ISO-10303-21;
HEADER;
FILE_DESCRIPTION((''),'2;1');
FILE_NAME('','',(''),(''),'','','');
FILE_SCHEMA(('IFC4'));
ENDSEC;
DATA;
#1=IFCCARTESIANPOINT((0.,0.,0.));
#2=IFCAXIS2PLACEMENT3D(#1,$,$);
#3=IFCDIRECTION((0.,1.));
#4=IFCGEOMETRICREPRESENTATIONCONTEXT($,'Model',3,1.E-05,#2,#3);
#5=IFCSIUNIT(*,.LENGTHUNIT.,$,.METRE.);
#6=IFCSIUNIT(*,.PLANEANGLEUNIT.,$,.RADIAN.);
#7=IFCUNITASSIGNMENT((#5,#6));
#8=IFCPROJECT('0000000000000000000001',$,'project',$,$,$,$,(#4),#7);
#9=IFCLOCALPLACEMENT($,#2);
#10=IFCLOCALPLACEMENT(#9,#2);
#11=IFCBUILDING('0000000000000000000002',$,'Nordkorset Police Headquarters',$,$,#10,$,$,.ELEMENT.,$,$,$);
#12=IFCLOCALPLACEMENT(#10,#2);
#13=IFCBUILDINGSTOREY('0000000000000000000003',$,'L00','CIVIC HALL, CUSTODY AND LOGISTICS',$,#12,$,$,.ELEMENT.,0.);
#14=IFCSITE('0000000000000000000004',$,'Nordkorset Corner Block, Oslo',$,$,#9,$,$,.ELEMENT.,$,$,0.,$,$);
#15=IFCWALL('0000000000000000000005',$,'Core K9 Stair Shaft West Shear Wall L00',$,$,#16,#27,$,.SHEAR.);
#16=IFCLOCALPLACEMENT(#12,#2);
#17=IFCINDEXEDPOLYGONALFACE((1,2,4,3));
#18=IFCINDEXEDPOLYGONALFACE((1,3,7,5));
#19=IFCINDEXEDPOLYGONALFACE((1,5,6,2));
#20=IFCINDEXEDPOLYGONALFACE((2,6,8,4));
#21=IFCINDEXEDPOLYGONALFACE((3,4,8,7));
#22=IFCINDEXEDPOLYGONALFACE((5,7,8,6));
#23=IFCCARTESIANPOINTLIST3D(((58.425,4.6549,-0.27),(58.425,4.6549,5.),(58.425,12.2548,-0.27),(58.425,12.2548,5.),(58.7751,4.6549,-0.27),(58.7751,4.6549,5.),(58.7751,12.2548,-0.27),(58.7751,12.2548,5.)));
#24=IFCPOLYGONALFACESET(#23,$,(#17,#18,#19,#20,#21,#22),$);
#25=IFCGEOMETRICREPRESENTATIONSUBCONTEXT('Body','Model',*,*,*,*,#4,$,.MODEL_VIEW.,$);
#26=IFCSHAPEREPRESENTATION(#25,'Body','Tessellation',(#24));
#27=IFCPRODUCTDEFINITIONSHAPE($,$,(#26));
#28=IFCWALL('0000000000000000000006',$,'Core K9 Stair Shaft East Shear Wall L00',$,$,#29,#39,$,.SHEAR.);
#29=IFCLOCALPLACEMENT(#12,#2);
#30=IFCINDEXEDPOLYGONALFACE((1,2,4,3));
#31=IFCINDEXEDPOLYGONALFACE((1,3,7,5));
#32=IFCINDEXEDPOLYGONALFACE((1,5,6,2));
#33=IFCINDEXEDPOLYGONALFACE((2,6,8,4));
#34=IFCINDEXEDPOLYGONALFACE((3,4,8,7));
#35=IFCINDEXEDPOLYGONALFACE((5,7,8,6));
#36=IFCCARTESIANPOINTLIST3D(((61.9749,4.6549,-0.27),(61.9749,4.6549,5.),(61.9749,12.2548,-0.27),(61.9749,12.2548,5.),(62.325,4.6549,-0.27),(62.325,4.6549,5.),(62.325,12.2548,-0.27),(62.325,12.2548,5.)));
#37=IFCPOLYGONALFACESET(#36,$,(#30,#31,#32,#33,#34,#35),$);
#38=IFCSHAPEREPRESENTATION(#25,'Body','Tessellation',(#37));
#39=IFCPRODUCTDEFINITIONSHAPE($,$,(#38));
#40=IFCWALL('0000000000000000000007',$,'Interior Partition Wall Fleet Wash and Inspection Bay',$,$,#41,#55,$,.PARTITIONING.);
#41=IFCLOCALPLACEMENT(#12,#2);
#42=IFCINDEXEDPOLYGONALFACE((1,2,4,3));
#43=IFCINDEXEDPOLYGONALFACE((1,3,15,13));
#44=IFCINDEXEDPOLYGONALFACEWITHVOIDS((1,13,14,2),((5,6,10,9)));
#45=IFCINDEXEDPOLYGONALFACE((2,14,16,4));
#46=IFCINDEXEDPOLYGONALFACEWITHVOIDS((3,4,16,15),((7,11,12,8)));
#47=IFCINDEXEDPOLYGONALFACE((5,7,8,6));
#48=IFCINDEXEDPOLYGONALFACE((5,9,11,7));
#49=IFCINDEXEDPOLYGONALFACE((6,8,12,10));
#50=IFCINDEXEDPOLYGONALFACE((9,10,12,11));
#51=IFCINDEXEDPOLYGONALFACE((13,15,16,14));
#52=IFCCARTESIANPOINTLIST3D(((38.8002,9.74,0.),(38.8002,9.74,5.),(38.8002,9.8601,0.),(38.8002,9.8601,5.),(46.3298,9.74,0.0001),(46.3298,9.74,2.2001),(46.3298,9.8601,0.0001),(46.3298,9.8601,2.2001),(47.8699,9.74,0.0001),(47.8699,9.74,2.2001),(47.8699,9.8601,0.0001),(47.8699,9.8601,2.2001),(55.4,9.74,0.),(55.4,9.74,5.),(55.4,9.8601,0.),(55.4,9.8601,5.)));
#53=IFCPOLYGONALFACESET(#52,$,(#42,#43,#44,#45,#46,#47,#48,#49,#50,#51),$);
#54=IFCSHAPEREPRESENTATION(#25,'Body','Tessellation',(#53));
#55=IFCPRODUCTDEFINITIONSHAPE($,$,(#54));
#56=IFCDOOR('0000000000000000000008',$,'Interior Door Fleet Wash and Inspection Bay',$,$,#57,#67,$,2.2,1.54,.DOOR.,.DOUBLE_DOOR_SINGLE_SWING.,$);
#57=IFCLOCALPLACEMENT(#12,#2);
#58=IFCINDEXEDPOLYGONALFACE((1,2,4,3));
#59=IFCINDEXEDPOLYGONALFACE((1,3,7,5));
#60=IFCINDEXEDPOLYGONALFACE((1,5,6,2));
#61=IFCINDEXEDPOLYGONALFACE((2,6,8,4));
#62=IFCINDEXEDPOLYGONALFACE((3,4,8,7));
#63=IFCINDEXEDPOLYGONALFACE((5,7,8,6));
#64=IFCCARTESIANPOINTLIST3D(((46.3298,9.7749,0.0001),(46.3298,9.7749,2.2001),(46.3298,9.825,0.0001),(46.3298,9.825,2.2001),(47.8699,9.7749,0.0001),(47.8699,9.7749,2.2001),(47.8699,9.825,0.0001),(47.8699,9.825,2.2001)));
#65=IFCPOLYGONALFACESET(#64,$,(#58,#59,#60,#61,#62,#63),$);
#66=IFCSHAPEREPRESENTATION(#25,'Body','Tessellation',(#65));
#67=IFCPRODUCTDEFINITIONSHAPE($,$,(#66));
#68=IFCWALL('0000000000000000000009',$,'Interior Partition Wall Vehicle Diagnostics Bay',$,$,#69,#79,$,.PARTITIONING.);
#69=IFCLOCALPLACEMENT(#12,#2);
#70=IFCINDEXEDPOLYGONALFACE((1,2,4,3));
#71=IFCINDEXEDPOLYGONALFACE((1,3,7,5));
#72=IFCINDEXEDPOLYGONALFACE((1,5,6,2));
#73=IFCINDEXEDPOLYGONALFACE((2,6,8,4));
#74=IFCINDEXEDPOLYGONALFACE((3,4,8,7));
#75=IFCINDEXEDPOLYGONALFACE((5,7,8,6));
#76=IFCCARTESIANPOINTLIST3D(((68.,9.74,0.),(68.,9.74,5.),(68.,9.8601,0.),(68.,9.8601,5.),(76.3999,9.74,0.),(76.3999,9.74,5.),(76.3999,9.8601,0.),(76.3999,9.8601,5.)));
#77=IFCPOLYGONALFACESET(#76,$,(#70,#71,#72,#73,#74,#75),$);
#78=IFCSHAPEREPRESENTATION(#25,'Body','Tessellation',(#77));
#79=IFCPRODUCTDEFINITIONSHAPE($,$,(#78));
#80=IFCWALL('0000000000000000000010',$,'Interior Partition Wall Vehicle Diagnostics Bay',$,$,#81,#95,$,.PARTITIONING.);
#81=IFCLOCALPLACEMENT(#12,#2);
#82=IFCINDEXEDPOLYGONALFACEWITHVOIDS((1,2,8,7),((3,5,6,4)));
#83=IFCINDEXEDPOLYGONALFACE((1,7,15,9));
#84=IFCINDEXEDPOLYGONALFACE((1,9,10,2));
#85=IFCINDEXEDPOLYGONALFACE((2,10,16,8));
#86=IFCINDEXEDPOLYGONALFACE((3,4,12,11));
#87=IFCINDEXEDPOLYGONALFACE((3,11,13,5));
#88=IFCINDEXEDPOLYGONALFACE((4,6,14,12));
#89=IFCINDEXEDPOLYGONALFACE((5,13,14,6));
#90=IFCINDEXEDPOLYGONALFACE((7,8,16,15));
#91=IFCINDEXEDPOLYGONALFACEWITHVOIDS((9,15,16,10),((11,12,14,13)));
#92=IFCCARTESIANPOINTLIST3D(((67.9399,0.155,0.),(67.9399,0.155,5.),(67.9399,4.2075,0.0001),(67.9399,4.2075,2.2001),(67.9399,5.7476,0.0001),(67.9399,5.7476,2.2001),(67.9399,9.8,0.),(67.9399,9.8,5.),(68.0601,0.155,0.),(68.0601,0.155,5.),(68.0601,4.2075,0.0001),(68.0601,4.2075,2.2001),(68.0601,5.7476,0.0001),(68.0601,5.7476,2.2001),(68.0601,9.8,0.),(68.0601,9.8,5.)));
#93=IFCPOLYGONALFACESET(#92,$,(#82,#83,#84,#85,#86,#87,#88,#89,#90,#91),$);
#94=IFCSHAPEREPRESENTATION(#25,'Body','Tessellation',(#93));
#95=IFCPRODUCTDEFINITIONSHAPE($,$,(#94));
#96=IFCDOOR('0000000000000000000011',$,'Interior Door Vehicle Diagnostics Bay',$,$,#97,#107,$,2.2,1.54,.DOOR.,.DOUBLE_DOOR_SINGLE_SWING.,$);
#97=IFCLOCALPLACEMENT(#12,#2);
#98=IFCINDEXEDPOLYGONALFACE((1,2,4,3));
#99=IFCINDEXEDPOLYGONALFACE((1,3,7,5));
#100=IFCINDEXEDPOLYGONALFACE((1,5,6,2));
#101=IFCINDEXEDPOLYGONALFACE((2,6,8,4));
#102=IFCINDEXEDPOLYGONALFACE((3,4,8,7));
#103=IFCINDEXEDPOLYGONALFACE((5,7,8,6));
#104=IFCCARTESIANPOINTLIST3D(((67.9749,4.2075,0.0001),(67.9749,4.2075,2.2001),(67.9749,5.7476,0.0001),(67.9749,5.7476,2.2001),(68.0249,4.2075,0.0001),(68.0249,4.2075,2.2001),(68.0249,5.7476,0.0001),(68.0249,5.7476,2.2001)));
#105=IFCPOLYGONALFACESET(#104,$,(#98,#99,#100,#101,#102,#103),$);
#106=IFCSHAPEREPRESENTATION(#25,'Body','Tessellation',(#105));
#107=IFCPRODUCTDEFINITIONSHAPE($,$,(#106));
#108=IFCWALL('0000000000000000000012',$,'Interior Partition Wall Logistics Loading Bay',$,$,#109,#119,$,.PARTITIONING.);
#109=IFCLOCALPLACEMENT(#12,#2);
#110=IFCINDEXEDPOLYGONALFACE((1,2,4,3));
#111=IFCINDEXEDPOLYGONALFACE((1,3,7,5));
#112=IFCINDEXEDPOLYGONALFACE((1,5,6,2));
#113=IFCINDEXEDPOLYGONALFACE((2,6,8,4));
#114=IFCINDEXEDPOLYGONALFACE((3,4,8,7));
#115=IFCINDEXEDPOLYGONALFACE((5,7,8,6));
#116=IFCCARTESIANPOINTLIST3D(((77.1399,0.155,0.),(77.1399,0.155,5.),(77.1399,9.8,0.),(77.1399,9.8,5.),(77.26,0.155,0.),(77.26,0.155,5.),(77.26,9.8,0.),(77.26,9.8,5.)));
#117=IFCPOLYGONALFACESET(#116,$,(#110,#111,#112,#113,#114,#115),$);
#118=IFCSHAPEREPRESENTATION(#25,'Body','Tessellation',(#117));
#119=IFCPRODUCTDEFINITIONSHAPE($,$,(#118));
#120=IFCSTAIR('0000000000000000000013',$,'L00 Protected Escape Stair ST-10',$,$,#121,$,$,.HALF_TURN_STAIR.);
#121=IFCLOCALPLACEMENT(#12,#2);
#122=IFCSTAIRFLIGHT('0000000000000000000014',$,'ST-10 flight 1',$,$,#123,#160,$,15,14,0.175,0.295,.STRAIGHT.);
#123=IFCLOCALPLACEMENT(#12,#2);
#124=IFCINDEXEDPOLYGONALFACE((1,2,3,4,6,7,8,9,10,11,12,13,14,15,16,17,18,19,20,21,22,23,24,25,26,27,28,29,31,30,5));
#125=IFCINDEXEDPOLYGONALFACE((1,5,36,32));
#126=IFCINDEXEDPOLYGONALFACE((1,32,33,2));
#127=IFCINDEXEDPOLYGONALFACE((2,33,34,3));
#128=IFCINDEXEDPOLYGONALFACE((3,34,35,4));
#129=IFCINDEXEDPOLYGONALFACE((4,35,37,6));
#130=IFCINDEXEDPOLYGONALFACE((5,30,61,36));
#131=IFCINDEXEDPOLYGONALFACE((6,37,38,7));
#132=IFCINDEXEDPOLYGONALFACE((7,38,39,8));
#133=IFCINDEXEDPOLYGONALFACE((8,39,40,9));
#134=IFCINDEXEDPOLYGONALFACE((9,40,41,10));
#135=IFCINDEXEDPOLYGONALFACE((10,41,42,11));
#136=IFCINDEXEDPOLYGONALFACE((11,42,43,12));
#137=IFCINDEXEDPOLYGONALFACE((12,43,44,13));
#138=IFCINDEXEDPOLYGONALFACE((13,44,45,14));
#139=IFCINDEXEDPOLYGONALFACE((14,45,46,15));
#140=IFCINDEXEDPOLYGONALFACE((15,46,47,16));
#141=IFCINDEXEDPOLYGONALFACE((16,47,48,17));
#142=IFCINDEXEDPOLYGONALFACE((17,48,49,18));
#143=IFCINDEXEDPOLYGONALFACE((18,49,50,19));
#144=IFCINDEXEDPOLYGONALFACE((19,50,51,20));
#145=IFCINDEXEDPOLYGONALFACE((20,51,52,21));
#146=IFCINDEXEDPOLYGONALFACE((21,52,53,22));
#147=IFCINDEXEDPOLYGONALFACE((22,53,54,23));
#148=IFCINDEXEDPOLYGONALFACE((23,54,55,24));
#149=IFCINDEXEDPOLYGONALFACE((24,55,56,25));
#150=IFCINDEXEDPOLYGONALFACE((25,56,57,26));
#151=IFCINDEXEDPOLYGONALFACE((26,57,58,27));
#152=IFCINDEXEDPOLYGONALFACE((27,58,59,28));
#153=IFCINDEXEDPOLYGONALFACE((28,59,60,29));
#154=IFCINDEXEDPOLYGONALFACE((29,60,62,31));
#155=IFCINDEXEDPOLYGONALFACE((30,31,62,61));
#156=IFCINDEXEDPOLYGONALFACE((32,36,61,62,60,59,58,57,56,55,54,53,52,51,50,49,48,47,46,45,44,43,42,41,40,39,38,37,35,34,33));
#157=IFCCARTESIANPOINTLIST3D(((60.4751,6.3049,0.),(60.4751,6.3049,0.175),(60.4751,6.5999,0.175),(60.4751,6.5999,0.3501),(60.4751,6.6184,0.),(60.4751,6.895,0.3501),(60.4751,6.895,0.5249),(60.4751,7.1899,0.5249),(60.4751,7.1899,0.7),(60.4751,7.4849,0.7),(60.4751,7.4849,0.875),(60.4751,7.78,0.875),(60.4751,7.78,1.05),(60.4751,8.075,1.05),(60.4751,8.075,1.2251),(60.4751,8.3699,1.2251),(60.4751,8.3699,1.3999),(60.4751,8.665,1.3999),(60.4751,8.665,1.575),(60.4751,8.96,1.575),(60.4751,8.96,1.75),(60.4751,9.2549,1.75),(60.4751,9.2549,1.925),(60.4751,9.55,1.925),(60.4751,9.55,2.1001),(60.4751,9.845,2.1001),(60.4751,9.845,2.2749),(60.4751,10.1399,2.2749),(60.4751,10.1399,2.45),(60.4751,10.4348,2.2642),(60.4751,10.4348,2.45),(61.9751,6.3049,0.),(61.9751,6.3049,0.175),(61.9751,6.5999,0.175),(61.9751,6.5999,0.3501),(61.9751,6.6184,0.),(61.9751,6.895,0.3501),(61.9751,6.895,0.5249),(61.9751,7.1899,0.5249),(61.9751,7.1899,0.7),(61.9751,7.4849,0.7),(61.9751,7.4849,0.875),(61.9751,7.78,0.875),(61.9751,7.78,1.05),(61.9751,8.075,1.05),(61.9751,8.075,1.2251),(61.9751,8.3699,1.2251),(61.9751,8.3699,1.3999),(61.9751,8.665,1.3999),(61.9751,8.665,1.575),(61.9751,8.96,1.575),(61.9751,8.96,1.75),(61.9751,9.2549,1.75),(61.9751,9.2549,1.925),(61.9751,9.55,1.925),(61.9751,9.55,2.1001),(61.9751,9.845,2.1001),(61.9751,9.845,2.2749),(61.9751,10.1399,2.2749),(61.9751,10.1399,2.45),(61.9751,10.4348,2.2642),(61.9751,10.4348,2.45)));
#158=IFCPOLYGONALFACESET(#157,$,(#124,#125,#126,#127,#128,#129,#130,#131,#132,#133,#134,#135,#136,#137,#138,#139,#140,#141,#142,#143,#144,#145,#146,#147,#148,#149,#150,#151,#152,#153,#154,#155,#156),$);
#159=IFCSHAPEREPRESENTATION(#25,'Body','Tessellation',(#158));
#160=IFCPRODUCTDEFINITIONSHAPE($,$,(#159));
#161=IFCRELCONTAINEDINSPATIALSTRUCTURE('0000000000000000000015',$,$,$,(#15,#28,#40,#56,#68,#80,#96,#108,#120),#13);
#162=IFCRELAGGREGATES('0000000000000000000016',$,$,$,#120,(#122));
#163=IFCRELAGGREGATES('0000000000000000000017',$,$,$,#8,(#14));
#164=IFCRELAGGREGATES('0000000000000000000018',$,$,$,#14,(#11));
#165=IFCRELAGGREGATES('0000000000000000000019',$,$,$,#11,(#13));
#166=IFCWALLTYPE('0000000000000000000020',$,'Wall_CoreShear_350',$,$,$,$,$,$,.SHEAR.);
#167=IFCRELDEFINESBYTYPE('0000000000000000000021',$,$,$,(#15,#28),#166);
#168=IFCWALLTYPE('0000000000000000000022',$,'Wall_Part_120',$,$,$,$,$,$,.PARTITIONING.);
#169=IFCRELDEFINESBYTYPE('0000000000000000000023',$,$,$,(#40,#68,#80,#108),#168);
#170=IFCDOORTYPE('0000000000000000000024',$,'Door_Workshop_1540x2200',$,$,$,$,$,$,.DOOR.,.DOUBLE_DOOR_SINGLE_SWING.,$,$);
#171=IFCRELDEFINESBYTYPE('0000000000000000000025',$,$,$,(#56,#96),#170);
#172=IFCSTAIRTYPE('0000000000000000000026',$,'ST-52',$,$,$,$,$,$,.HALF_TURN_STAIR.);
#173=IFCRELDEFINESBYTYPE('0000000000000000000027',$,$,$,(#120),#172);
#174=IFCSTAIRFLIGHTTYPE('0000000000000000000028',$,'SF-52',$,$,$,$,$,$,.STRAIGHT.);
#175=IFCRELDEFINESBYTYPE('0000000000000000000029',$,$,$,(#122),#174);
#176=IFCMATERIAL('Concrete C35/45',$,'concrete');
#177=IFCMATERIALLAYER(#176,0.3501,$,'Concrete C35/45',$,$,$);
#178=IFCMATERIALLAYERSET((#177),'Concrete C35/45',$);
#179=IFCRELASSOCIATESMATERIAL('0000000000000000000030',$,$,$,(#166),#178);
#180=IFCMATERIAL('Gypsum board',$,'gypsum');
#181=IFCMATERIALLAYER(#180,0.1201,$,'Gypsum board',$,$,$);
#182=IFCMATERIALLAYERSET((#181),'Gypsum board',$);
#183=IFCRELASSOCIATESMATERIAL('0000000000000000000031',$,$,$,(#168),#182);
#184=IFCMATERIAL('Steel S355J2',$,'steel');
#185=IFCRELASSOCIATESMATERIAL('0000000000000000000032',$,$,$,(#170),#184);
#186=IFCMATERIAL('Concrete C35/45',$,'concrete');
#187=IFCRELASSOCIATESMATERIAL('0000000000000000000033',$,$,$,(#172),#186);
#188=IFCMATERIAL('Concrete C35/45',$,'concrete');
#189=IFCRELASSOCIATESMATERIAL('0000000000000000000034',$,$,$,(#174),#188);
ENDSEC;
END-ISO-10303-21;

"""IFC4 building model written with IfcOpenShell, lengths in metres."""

from ifc_helpers import new_model, si_unit, direction, frame, frame_2d, origin, place, context, subcontext, project, spatial, polyline, rectangle, outline, extrude, material, layer, layer_set, type_object, element, fill, aggregate, save


model = new_model("IFC4")

# Units and contexts
model_context = context("Model", 3, precision=1e-05, world=origin(), true_north=direction((0.0, 1.0)))
body_context = subcontext(model_context, "Body", "Model", "MODEL_VIEW")
ifc_project = project(units=[si_unit("LENGTHUNIT", "METRE"), si_unit("PLANEANGLEUNIT", "RADIAN")], contexts=[model_context])

# Site, building, storey
site_placement = place(None, origin())
site = spatial("IfcSite", under=ifc_project, at=site_placement, Name="Nordkorset Corner Block, Oslo", CompositionType="ELEMENT", RefElevation=0.0)
building_placement = place(site_placement, origin())
building = spatial("IfcBuilding", under=site, at=building_placement, Name="Nordkorset Police Headquarters", CompositionType="ELEMENT")
storey_placement = place(building_placement, origin())
storey = spatial("IfcBuildingStorey", under=building, at=storey_placement, Name="L00", Description="CIVIC HALL, CUSTODY AND LOGISTICS", CompositionType="ELEMENT", Elevation=0.0)

# Shared definitions
ifc_material_1 = material(Name="Concrete C35/45", Category="concrete")
ifc_layer_1 = layer(ifc_material_1, 0.3501, Name="Concrete C35/45")
ifc_layer_set_1 = layer_set([ifc_layer_1], Name="Concrete C35/45")
wall_type_1 = type_object("IfcWallType", Name="Wall_CoreShear_350", PredefinedType="SHEAR", material=ifc_layer_set_1)

# Walls
for number, where, z_axis, x_axis, name in (
    (1, (58.6001, 4.655, -0.27), (0.0, 0.0, 1.0), (0.0, 1.0, 0.0), "Core K9 Stair Shaft West Shear Wall L00"),
    (2, (62.1499, 4.655, -0.27), (0.0, 0.0, 1.0), (0.0, 1.0, 0.0), "Core K9 Stair Shaft East Shear Wall L00"),
):
    element("IfcWall", number, at=place(storey_placement, frame(where, z_axis=z_axis, x_axis=x_axis)), inside=storey, type_object=wall_type_1, Name=name, PredefinedType="SHEAR", context=body_context, shape_type="SweptSolid", body=[
        extrude(rectangle(XDim=7.5999, YDim=0.3501, at=frame_2d((3.7998, 0.0))), origin(), (0.0, 0.0, 1.0), 5.27),
    ])

# Wall, opening, door
ifc_material_2 = material(Name="Gypsum board", Category="gypsum")
ifc_layer_2 = layer(ifc_material_2, 0.1201, Name="Gypsum board")
ifc_layer_set_2 = layer_set([ifc_layer_2], Name="Gypsum board")
wall_type_2 = type_object("IfcWallType", Name="Wall_Part_120", PredefinedType="PARTITIONING", material=ifc_layer_set_2)
wall_1_placement = place(storey_placement, frame((55.3999, 9.8, 0.0), z_axis=(0.0, 0.0, 1.0), x_axis=(-1.0, 0.0, 0.0)))
wall_1 = element("IfcWall", 3, at=wall_1_placement, inside=storey, type_object=wall_type_2, Name="Interior Partition Wall Fleet Wash and Inspection Bay", PredefinedType="PARTITIONING", context=body_context, shape_type="SweptSolid", body=[
    extrude(rectangle(XDim=16.5999, YDim=0.1201, at=frame_2d((8.2998, 0.0))), origin(), (0.0, 0.0, 1.0), 5.0),
])
opening_1_placement = place(wall_1_placement, frame((7.53, 0.0, 0.0)))
opening_1 = element("IfcOpeningElement", 4, at=opening_1_placement, cuts=wall_1, PredefinedType="OPENING", context=body_context, shape_type="SweptSolid", body=[
    extrude(rectangle(XDim=1.54, YDim=2.2, at=frame_2d((0.77, 1.1001))), frame((0.0, 0.0701, 0.0), z_axis=(0.0, -1.0, 0.0), x_axis=(1.0, 0.0, 0.0)), (0.0, 0.0, 1.0), 0.1401),
])
ifc_material_3 = material(Name="Steel S355J2", Category="steel")
door_type_1 = type_object("IfcDoorType", Name="Door_Workshop_1540x2200", OperationType="DOUBLE_DOOR_SINGLE_SWING", PredefinedType="DOOR", material=ifc_material_3)
door_1_placement = place(opening_1_placement, frame((1.54, 0.0, 0.0), z_axis=(0.0, 0.0, 1.0), x_axis=(-1.0, 0.0, 0.0)))
door_1 = element("IfcDoor", 5, at=door_1_placement, inside=storey, type_object=door_type_1, Name="Interior Door Fleet Wash and Inspection Bay", OperationType="DOUBLE_DOOR_SINGLE_SWING", OverallHeight=2.2, OverallWidth=1.54, PredefinedType="DOOR", context=body_context, shape_type="SweptSolid", body=[
    extrude(rectangle(XDim=1.54, YDim=2.2, at=frame_2d((0.77, 1.1001))), frame((0.0, 0.0249, 0.0), z_axis=(0.0, -1.0, 0.0), x_axis=(1.0, 0.0, 0.0)), (0.0, 0.0, 1.0), 0.05),
])
fill(opening_1, door_1)

# Wall
wall_2_placement = place(storey_placement, frame((76.3999, 9.8, 0.0), z_axis=(0.0, 0.0, 1.0), x_axis=(-1.0, 0.0, 0.0)))
element("IfcWall", 6, at=wall_2_placement, inside=storey, type_object=wall_type_2, Name="Interior Partition Wall Vehicle Diagnostics Bay", PredefinedType="PARTITIONING", context=body_context, shape_type="SweptSolid", body=[
    extrude(rectangle(XDim=8.3999, YDim=0.1201, at=frame_2d((4.2, 0.0))), origin(), (0.0, 0.0, 1.0), 5.0),
])

# Wall, opening, door
wall_3_placement = place(storey_placement, frame((68.0, 9.8, 0.0), z_axis=(0.0, 0.0, 1.0), x_axis=(0.0, -1.0, 0.0)))
wall_3 = element("IfcWall", 7, at=wall_3_placement, inside=storey, type_object=wall_type_2, Name="Interior Partition Wall Vehicle Diagnostics Bay", PredefinedType="PARTITIONING", context=body_context, shape_type="SweptSolid", body=[
    extrude(rectangle(XDim=9.645, YDim=0.1201, at=frame_2d((4.8225, 0.0))), origin(), (0.0, 0.0, 1.0), 5.0),
])
opening_2_placement = place(wall_3_placement, frame((4.0525, 0.0, 0.0)))
opening_2 = element("IfcOpeningElement", 8, at=opening_2_placement, cuts=wall_3, PredefinedType="OPENING", context=body_context, shape_type="SweptSolid", body=[
    extrude(rectangle(XDim=1.54, YDim=2.2, at=frame_2d((0.77, 1.1001))), frame((0.0, 0.0701, 0.0), z_axis=(0.0, -1.0, 0.0), x_axis=(1.0, 0.0, 0.0)), (0.0, 0.0, 1.0), 0.1401),
])
door_2_placement = place(opening_2_placement, origin())
door_2 = element("IfcDoor", 9, at=door_2_placement, inside=storey, type_object=door_type_1, Name="Interior Door Vehicle Diagnostics Bay", OperationType="DOUBLE_DOOR_SINGLE_SWING", OverallHeight=2.2, OverallWidth=1.54, PredefinedType="DOOR", context=body_context, shape_type="SweptSolid", body=[
    extrude(rectangle(XDim=1.54, YDim=2.2, at=frame_2d((0.77, 1.1001))), frame((0.0, 0.0249, 0.0), z_axis=(0.0, -1.0, 0.0), x_axis=(1.0, 0.0, 0.0)), (0.0, 0.0, 1.0), 0.05),
])
fill(opening_2, door_2)

# Wall
wall_4_placement = place(storey_placement, frame((77.2, 9.8, 0.0), z_axis=(0.0, 0.0, 1.0), x_axis=(0.0, -1.0, 0.0)))
element("IfcWall", 10, at=wall_4_placement, inside=storey, type_object=wall_type_2, Name="Interior Partition Wall Logistics Loading Bay", PredefinedType="PARTITIONING", context=body_context, shape_type="SweptSolid", body=[
    extrude(rectangle(XDim=9.645, YDim=0.1201, at=frame_2d((4.8225, 0.0))), origin(), (0.0, 0.0, 1.0), 5.0),
])

# Stair, stair flight
ifc_material_4 = material(Name="Concrete C35/45", Category="concrete")
stair_type = type_object("IfcStairType", Name="ST-52", PredefinedType="HALF_TURN_STAIR", material=ifc_material_4)
stair_placement = place(storey_placement, origin())
stair = element("IfcStair", 11, at=stair_placement, inside=storey, type_object=stair_type, Name="L00 Protected Escape Stair ST-10", PredefinedType="HALF_TURN_STAIR")
ifc_material_5 = material(Name="Concrete C35/45", Category="concrete")
stair_flight_type = type_object("IfcStairFlightType", Name="SF-52", PredefinedType="STRAIGHT", material=ifc_material_5)
stair_flight_1_placement = place(storey_placement, frame((61.2251, 6.3049, 0.0), z_axis=(0.0, 0.0, 1.0), x_axis=(0.0, 1.0, 0.0)))
stair_flight_1 = element("IfcStairFlight", 12, at=stair_flight_1_placement, type_object=stair_flight_type, Name="ST-10 flight 1", NumberOfRisers=15, NumberOfTreads=14, PredefinedType="STRAIGHT", RiserHeight=0.175, TreadLength=0.295, context=body_context, shape_type="SweptSolid", body=[
    extrude(outline(polyline([(0.0, 0.0), (0.0, 0.175), (0.2949, 0.175), (0.2949, 0.3501), (0.5901, 0.3501), (0.5901, 0.5249), (0.885, 0.5249), (0.885, 0.7), (1.1799, 0.7), (1.1799, 0.875), (1.4751, 0.875), (1.4751, 1.05), (1.77, 1.05), (1.77, 1.2251), (2.0649, 1.2251), (2.0649, 1.3999), (2.3601, 1.3999), (2.3601, 1.575), (2.655, 1.575), (2.655, 1.75), (2.95, 1.75), (2.95, 1.925), (3.2451, 1.925), (3.2451, 2.1001), (3.54, 2.1001), (3.54, 2.2749), (3.835, 2.2749), (3.835, 2.45), (4.1299, 2.45), (4.1299, 2.625), (4.1299, 2.2642), (0.3135, 0.0), (0.0, 0.0)])), frame((0.0, 0.75, 0.0), z_axis=(0.0, -1.0, 0.0), x_axis=(1.0, 0.0, 0.0)), (0.0, 0.0, 1.0), 1.5),
])
aggregate(stair, [stair_flight_1])

save(model, "model.ifc")
